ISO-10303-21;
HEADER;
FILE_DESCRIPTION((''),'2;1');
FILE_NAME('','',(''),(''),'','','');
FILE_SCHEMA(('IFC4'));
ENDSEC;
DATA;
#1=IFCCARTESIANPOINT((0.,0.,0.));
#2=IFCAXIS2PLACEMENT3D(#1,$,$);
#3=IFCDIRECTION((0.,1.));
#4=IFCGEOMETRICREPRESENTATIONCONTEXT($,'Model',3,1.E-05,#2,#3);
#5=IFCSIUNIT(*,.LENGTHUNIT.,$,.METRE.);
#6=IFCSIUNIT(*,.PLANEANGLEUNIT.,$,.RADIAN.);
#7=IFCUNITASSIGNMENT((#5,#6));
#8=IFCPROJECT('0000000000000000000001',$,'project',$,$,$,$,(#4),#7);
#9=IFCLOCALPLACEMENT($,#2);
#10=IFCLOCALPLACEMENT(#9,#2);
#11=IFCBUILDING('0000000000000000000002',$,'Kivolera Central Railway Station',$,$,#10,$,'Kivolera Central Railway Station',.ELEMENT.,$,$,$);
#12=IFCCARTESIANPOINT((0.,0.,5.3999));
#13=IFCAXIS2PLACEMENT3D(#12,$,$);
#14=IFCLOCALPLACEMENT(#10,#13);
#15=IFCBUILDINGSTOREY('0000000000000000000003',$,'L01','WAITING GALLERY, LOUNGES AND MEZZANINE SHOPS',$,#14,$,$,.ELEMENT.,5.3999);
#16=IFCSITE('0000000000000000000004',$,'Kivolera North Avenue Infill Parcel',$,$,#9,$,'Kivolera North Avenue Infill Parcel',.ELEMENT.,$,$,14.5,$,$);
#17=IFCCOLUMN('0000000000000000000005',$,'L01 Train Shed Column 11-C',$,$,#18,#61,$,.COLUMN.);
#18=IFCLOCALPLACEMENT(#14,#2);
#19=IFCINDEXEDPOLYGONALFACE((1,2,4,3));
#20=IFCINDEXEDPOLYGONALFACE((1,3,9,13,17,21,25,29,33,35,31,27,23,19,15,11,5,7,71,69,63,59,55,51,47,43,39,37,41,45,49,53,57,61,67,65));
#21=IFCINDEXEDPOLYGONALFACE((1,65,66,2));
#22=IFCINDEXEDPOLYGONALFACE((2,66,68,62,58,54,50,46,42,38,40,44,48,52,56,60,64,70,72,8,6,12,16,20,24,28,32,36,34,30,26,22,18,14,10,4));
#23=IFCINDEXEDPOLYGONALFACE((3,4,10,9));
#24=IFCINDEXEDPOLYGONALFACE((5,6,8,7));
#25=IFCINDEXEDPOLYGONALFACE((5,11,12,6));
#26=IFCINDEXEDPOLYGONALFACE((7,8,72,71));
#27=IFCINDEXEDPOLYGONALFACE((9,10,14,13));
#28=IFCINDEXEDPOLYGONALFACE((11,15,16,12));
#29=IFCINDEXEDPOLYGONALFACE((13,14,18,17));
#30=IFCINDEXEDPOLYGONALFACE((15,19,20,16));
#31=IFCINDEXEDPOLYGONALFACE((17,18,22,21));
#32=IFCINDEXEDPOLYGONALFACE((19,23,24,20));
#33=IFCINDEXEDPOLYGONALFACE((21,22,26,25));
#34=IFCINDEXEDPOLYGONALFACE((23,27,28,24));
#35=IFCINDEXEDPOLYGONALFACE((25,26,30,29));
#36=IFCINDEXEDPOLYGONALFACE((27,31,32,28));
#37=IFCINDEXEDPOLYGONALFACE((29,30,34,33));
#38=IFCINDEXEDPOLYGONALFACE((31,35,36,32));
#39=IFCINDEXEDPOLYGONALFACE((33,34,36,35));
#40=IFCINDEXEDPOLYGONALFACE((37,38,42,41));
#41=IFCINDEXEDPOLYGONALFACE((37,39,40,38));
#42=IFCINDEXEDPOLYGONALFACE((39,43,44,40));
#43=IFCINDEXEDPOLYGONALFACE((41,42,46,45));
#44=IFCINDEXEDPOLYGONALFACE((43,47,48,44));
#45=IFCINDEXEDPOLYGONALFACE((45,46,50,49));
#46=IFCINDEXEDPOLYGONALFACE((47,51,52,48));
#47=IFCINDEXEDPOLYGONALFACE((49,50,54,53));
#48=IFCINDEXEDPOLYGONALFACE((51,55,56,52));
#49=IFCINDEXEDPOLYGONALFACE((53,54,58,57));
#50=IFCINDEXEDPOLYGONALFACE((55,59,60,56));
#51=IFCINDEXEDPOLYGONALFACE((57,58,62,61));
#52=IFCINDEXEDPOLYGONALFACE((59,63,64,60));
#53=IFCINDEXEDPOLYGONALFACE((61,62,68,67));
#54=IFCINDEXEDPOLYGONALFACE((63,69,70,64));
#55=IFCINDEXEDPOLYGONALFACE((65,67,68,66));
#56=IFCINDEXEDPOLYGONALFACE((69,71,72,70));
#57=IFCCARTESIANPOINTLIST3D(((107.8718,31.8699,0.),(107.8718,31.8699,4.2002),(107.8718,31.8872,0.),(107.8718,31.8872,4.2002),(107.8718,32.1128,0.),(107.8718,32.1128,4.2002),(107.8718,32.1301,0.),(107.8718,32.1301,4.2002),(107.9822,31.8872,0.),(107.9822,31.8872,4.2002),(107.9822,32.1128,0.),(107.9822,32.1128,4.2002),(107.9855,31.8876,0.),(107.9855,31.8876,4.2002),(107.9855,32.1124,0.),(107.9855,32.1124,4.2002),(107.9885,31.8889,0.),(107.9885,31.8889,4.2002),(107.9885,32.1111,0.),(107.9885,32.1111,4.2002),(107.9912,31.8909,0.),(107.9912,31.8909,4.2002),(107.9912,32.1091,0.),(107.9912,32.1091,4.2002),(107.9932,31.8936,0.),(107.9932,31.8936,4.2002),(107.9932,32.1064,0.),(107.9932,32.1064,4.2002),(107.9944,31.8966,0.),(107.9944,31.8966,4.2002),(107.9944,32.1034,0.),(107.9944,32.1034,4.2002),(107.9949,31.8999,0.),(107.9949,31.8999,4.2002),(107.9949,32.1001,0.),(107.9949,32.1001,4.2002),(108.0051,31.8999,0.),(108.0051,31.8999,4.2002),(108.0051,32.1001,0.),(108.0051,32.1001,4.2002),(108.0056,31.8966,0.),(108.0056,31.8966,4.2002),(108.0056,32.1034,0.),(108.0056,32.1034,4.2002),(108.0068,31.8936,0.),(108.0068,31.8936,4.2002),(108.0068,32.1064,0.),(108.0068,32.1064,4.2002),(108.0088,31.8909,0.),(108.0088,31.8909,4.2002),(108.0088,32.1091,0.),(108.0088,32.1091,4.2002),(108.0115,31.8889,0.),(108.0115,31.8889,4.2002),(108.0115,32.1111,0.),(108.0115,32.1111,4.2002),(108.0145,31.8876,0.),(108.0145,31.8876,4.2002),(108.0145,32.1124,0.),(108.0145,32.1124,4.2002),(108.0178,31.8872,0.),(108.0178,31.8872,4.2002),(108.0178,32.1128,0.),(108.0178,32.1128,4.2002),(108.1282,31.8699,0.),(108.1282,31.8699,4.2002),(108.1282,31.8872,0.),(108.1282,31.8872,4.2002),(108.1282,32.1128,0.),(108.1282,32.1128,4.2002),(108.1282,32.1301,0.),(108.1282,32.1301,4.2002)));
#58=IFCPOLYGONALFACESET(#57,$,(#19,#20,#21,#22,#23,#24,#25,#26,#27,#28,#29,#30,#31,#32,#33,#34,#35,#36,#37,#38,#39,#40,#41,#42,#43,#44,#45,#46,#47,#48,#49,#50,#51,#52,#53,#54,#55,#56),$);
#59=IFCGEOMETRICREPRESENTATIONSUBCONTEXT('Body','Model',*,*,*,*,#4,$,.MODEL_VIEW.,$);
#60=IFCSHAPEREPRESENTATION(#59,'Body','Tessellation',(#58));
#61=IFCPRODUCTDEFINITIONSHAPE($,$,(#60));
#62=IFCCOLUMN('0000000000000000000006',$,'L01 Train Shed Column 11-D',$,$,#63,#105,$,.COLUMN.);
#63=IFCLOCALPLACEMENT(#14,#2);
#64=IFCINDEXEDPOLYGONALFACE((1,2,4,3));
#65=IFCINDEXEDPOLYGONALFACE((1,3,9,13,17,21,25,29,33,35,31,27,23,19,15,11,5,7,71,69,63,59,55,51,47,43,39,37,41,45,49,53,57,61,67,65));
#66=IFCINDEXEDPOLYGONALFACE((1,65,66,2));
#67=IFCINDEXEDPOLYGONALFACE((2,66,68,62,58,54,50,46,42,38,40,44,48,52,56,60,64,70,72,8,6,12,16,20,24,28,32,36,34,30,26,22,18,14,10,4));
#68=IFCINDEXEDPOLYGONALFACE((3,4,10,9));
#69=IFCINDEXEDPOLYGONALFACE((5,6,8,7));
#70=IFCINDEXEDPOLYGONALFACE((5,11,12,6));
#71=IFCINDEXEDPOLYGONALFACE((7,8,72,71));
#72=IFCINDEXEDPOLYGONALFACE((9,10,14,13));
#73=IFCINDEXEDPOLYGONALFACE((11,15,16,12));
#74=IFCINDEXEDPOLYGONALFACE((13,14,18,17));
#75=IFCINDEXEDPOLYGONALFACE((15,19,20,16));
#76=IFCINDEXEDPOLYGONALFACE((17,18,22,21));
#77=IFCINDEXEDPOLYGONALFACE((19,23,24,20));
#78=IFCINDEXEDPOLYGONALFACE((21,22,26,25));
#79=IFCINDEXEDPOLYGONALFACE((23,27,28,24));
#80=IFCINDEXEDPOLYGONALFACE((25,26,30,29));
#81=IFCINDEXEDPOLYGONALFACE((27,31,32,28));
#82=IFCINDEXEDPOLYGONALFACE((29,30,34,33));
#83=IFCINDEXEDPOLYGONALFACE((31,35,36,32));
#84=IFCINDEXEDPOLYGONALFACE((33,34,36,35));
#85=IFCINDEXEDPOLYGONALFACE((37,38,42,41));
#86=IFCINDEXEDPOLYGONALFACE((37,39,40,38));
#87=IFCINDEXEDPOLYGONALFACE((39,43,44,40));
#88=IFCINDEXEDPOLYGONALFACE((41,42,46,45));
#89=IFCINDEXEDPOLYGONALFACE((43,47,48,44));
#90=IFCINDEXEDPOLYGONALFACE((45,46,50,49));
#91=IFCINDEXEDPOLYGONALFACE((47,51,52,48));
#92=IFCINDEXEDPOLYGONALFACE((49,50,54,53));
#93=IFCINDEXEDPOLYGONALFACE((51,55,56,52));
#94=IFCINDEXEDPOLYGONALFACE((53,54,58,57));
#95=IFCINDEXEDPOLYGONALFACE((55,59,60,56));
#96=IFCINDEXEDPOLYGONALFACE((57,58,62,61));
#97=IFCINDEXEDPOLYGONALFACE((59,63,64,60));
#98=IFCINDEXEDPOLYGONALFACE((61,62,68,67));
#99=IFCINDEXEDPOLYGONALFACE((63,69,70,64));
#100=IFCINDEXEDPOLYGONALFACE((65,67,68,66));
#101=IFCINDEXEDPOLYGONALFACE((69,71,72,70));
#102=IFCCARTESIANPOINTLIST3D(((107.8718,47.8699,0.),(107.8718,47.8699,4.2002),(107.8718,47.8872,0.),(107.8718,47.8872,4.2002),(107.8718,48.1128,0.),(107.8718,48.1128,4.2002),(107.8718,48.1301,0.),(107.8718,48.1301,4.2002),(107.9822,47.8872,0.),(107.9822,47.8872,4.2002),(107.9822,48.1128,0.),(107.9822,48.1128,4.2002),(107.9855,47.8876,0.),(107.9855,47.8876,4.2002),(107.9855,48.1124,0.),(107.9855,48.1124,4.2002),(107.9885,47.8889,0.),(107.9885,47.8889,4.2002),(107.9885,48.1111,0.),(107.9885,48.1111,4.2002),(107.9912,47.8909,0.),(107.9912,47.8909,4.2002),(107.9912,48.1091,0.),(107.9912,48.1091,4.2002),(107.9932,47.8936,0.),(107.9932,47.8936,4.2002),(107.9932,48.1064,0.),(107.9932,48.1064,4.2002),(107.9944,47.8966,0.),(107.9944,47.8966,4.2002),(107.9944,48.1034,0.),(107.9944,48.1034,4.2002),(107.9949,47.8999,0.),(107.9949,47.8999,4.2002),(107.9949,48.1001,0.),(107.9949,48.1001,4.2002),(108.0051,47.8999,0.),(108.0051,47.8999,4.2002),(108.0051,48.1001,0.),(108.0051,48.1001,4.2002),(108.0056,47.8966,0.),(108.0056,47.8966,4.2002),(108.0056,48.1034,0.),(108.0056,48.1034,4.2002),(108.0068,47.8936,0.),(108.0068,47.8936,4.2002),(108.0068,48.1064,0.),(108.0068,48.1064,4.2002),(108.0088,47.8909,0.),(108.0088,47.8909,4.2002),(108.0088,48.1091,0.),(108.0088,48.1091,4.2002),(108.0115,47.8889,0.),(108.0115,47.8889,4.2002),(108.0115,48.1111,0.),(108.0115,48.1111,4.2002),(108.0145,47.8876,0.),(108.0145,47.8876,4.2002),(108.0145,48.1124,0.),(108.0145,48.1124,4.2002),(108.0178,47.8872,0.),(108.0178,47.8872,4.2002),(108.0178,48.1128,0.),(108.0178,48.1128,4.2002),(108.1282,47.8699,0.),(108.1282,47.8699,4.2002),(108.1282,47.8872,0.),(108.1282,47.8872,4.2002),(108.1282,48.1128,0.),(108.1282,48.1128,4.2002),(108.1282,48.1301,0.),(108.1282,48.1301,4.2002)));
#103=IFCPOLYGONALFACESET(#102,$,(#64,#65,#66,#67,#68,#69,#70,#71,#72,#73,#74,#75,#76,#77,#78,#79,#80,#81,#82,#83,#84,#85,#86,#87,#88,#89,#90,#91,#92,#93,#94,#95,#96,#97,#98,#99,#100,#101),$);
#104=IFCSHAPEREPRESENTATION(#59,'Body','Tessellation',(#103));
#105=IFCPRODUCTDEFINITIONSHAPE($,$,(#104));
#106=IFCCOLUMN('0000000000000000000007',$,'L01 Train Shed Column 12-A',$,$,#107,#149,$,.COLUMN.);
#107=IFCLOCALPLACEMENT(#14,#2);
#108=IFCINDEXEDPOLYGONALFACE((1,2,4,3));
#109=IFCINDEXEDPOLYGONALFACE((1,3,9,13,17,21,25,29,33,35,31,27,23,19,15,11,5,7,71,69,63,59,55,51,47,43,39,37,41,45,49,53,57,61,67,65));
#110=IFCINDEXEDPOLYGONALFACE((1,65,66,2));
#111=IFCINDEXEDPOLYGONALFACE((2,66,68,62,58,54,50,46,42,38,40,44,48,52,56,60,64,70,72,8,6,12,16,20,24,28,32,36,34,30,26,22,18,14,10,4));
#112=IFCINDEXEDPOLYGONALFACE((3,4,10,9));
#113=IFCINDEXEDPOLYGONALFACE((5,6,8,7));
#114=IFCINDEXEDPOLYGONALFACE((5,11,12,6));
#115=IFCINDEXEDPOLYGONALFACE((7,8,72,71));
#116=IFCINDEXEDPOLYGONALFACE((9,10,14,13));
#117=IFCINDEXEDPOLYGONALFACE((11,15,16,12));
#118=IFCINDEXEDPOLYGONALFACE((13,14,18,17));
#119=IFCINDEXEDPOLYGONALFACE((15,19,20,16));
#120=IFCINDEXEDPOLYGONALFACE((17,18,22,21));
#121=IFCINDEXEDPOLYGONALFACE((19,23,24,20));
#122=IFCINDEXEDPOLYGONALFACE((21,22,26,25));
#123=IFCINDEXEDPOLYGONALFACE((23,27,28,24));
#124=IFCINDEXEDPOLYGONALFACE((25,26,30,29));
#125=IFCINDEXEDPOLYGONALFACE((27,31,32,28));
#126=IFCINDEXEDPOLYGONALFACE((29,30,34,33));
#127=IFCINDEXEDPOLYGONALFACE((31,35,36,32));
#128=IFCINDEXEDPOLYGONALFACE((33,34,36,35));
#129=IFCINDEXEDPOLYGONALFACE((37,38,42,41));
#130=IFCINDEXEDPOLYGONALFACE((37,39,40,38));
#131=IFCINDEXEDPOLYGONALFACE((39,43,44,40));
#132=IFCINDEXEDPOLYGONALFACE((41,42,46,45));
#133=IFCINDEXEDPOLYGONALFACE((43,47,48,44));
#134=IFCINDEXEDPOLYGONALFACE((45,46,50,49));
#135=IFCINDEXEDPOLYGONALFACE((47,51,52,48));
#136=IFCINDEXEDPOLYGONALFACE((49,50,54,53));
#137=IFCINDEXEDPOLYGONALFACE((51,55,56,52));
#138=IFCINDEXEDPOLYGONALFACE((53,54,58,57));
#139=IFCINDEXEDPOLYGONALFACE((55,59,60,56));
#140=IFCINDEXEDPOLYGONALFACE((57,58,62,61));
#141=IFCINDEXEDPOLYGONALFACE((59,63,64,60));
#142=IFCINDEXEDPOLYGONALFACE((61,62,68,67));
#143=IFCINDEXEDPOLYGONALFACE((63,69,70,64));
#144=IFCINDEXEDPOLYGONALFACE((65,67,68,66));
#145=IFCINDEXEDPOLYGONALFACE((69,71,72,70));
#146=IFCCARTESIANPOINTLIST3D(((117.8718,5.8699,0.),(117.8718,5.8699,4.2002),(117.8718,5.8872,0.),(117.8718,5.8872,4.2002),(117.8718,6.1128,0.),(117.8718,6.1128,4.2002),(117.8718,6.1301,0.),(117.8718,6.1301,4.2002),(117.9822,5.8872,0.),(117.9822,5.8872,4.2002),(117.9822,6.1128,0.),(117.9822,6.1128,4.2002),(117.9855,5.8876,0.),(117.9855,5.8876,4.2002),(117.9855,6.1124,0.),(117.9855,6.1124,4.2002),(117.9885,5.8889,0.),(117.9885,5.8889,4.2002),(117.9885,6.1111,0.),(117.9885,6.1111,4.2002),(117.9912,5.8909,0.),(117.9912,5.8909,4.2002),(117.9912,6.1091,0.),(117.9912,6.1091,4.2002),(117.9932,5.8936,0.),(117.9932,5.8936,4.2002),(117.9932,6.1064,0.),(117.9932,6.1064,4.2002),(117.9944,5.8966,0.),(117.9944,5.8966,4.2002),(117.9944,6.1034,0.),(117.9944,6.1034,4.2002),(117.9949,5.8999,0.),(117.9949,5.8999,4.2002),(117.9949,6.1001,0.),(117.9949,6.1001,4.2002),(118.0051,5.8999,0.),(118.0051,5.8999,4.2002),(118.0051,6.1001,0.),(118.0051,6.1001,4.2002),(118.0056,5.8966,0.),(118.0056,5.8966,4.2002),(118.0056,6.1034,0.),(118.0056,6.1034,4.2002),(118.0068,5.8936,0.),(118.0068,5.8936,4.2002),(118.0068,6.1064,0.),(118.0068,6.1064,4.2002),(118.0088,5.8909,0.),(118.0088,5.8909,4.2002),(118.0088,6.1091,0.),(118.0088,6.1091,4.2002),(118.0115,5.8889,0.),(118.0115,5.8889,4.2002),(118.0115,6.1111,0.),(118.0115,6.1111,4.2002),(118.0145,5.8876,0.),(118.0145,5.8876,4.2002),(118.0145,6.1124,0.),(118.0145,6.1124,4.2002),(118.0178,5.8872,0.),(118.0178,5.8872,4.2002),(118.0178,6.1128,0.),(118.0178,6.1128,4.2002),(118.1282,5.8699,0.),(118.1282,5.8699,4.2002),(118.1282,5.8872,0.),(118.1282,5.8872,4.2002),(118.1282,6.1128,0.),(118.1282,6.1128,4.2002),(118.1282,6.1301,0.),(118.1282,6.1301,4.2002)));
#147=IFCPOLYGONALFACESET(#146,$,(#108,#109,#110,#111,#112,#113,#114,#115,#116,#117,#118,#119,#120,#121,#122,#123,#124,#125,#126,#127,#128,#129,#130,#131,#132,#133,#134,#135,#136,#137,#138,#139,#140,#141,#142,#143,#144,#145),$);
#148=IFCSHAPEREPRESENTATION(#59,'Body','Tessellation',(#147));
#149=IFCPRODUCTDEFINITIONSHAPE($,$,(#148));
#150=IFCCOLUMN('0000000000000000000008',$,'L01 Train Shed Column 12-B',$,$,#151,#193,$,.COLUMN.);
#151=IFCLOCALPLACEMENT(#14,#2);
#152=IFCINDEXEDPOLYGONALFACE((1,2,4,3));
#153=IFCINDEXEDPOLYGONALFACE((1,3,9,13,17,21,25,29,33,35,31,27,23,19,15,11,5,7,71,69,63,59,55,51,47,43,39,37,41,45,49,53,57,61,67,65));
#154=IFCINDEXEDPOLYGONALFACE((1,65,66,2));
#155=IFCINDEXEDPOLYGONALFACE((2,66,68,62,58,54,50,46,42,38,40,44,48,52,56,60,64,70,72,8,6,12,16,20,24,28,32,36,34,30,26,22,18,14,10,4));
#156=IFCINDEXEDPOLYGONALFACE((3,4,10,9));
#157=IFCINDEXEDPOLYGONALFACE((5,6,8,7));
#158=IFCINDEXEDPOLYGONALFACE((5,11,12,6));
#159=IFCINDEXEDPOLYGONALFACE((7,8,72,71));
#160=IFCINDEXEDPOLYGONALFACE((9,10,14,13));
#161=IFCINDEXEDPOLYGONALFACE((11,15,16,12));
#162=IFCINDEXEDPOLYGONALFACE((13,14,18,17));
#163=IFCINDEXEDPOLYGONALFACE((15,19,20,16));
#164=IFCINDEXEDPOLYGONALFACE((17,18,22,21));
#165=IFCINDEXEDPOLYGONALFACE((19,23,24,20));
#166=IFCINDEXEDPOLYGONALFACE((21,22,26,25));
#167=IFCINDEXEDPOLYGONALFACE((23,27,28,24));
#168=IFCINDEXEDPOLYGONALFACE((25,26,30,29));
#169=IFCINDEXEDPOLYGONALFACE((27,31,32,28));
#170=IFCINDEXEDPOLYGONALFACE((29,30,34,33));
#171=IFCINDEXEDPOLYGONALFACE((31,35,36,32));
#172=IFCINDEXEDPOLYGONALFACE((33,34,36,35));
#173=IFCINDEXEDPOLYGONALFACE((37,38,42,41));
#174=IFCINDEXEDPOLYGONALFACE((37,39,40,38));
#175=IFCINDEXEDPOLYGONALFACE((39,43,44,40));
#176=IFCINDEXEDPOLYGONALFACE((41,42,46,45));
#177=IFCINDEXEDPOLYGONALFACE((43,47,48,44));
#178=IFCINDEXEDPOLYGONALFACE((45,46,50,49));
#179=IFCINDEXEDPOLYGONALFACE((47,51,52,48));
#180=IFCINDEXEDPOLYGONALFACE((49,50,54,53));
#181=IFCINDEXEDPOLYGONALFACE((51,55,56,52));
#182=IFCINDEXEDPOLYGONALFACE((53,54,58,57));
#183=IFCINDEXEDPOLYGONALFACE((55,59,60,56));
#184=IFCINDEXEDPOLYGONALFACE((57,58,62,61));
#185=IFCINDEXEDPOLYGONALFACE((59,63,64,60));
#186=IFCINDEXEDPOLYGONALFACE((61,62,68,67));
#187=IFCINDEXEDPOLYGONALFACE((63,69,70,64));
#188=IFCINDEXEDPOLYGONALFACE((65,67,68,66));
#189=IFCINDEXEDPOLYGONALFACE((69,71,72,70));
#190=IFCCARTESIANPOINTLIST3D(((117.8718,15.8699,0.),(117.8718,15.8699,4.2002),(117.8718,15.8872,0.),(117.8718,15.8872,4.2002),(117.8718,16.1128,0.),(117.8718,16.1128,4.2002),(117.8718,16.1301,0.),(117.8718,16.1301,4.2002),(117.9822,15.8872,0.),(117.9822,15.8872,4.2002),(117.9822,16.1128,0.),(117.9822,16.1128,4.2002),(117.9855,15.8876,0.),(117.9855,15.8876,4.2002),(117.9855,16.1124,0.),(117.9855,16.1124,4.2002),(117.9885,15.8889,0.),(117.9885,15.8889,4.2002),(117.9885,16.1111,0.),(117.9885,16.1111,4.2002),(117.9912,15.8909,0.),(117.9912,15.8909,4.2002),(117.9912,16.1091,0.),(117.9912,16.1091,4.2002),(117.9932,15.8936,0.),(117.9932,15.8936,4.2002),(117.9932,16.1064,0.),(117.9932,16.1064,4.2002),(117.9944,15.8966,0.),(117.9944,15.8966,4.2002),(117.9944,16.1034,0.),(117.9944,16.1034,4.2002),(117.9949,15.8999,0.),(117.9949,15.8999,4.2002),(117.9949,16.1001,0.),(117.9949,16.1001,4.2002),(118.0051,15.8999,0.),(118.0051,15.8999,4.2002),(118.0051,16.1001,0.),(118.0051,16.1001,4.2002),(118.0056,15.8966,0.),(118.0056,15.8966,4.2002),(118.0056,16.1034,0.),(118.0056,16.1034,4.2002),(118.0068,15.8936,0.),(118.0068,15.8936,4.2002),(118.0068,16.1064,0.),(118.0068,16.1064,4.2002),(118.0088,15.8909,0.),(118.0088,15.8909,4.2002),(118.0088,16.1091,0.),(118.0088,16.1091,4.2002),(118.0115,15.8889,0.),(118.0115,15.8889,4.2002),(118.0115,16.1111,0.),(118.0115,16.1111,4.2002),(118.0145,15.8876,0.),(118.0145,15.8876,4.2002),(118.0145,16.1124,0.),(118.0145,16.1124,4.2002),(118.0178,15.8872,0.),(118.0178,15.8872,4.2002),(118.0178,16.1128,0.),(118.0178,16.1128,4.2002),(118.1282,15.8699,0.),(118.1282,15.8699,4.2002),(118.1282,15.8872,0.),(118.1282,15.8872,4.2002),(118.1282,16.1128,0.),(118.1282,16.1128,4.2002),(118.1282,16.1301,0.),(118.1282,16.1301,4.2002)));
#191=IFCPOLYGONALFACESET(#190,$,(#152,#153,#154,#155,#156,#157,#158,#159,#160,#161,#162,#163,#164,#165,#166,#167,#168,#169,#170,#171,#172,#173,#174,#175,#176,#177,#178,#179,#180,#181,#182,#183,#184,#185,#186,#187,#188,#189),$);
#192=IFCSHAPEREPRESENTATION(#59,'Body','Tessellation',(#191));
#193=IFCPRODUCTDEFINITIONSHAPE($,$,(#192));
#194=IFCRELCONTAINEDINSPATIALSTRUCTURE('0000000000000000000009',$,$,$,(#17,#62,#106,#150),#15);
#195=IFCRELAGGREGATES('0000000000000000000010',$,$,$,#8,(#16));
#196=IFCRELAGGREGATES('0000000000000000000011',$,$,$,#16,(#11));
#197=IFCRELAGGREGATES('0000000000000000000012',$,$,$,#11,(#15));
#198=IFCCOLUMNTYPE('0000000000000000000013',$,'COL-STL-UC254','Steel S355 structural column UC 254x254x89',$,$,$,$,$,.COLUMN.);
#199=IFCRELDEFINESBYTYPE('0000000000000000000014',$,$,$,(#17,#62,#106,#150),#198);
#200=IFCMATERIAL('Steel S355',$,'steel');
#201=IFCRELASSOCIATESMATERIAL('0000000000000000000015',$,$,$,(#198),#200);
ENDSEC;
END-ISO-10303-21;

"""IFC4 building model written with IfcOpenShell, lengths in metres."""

from ifc_helpers import new_model, si_unit, direction, frame, origin, origin_2d, place, context, subcontext, project, spatial, i_section, extrude, material, material_profile, profile_set, type_object, element, save


model = new_model("IFC4")

# Units and contexts
model_context = context("Model", 3, precision=1e-05, world=origin(), true_north=direction((0.0, 1.0)))
body_context = subcontext(model_context, "Body", "Model", "MODEL_VIEW")
ifc_project = project(units=[si_unit("LENGTHUNIT", "METRE"), si_unit("PLANEANGLEUNIT", "RADIAN")], contexts=[model_context])

# Site, building, storey
site_placement = place(None, origin())
site = spatial("IfcSite", under=ifc_project, at=site_placement, Name="Kivolera North Avenue Infill Parcel", LongName="Kivolera North Avenue Infill Parcel", CompositionType="ELEMENT", RefElevation=14.5)
building_placement = place(site_placement, origin())
building = spatial("IfcBuilding", under=site, at=building_placement, Name="Kivolera Central Railway Station", LongName="Kivolera Central Railway Station", CompositionType="ELEMENT")
storey_placement = place(building_placement, frame((0.0, 0.0, 5.3999)))
storey = spatial("IfcBuildingStorey", under=building, at=storey_placement, Name="L01", Description="WAITING GALLERY, LOUNGES AND MEZZANINE SHOPS", CompositionType="ELEMENT", Elevation=5.3999)

# Columns
ifc_material_1 = material(Name="Steel S355", Category="steel")
ifc_material_profile_1 = material_profile(ifc_material_1, i_section(OverallWidth=0.2563, OverallDepth=0.2603, WebThickness=0.0103, FlangeThickness=0.0173, FilletRadius=0.0127, at=origin_2d()), Name="UC 254x254x89")
ifc_profile_set_1 = profile_set([ifc_material_profile_1], Name="Steel S355")
column_type_1 = type_object("IfcColumnType", Name="COL-STL-UC254", Description="Steel S355 structural column UC 254x254x89", PredefinedType="COLUMN", material=ifc_profile_set_1)
for number, where, z_axis, x_axis, name in (
    (1, (108.0, 32.0, 0.0), (0.0, 0.0, 1.0), (1.0, 0.0, 0.0), "L01 Train Shed Column 11-C"),
    (2, (108.0, 48.0, 0.0), (0.0, 0.0, 1.0), (1.0, 0.0, 0.0), "L01 Train Shed Column 11-D"),
    (3, (118.0, 6.0, 0.0), (0.0, 0.0, 1.0), (1.0, 0.0, 0.0), "L01 Train Shed Column 12-A"),
    (4, (118.0, 16.0, 0.0), (0.0, 0.0, 1.0), (1.0, 0.0, 0.0), "L01 Train Shed Column 12-B"),
):
    element("IfcColumn", number, at=place(storey_placement, frame(where, z_axis=z_axis, x_axis=x_axis)), inside=storey, type_object=column_type_1, Name=name, PredefinedType="COLUMN", context=body_context, shape_type="SweptSolid", body=[
        extrude(i_section(OverallWidth=0.2563, OverallDepth=0.2603, WebThickness=0.0103, FlangeThickness=0.0173, FilletRadius=0.0127, at=origin_2d()), origin(), (0.0, 0.0, 1.0), 4.2002),
    ])

save(model, "model.ifc")
